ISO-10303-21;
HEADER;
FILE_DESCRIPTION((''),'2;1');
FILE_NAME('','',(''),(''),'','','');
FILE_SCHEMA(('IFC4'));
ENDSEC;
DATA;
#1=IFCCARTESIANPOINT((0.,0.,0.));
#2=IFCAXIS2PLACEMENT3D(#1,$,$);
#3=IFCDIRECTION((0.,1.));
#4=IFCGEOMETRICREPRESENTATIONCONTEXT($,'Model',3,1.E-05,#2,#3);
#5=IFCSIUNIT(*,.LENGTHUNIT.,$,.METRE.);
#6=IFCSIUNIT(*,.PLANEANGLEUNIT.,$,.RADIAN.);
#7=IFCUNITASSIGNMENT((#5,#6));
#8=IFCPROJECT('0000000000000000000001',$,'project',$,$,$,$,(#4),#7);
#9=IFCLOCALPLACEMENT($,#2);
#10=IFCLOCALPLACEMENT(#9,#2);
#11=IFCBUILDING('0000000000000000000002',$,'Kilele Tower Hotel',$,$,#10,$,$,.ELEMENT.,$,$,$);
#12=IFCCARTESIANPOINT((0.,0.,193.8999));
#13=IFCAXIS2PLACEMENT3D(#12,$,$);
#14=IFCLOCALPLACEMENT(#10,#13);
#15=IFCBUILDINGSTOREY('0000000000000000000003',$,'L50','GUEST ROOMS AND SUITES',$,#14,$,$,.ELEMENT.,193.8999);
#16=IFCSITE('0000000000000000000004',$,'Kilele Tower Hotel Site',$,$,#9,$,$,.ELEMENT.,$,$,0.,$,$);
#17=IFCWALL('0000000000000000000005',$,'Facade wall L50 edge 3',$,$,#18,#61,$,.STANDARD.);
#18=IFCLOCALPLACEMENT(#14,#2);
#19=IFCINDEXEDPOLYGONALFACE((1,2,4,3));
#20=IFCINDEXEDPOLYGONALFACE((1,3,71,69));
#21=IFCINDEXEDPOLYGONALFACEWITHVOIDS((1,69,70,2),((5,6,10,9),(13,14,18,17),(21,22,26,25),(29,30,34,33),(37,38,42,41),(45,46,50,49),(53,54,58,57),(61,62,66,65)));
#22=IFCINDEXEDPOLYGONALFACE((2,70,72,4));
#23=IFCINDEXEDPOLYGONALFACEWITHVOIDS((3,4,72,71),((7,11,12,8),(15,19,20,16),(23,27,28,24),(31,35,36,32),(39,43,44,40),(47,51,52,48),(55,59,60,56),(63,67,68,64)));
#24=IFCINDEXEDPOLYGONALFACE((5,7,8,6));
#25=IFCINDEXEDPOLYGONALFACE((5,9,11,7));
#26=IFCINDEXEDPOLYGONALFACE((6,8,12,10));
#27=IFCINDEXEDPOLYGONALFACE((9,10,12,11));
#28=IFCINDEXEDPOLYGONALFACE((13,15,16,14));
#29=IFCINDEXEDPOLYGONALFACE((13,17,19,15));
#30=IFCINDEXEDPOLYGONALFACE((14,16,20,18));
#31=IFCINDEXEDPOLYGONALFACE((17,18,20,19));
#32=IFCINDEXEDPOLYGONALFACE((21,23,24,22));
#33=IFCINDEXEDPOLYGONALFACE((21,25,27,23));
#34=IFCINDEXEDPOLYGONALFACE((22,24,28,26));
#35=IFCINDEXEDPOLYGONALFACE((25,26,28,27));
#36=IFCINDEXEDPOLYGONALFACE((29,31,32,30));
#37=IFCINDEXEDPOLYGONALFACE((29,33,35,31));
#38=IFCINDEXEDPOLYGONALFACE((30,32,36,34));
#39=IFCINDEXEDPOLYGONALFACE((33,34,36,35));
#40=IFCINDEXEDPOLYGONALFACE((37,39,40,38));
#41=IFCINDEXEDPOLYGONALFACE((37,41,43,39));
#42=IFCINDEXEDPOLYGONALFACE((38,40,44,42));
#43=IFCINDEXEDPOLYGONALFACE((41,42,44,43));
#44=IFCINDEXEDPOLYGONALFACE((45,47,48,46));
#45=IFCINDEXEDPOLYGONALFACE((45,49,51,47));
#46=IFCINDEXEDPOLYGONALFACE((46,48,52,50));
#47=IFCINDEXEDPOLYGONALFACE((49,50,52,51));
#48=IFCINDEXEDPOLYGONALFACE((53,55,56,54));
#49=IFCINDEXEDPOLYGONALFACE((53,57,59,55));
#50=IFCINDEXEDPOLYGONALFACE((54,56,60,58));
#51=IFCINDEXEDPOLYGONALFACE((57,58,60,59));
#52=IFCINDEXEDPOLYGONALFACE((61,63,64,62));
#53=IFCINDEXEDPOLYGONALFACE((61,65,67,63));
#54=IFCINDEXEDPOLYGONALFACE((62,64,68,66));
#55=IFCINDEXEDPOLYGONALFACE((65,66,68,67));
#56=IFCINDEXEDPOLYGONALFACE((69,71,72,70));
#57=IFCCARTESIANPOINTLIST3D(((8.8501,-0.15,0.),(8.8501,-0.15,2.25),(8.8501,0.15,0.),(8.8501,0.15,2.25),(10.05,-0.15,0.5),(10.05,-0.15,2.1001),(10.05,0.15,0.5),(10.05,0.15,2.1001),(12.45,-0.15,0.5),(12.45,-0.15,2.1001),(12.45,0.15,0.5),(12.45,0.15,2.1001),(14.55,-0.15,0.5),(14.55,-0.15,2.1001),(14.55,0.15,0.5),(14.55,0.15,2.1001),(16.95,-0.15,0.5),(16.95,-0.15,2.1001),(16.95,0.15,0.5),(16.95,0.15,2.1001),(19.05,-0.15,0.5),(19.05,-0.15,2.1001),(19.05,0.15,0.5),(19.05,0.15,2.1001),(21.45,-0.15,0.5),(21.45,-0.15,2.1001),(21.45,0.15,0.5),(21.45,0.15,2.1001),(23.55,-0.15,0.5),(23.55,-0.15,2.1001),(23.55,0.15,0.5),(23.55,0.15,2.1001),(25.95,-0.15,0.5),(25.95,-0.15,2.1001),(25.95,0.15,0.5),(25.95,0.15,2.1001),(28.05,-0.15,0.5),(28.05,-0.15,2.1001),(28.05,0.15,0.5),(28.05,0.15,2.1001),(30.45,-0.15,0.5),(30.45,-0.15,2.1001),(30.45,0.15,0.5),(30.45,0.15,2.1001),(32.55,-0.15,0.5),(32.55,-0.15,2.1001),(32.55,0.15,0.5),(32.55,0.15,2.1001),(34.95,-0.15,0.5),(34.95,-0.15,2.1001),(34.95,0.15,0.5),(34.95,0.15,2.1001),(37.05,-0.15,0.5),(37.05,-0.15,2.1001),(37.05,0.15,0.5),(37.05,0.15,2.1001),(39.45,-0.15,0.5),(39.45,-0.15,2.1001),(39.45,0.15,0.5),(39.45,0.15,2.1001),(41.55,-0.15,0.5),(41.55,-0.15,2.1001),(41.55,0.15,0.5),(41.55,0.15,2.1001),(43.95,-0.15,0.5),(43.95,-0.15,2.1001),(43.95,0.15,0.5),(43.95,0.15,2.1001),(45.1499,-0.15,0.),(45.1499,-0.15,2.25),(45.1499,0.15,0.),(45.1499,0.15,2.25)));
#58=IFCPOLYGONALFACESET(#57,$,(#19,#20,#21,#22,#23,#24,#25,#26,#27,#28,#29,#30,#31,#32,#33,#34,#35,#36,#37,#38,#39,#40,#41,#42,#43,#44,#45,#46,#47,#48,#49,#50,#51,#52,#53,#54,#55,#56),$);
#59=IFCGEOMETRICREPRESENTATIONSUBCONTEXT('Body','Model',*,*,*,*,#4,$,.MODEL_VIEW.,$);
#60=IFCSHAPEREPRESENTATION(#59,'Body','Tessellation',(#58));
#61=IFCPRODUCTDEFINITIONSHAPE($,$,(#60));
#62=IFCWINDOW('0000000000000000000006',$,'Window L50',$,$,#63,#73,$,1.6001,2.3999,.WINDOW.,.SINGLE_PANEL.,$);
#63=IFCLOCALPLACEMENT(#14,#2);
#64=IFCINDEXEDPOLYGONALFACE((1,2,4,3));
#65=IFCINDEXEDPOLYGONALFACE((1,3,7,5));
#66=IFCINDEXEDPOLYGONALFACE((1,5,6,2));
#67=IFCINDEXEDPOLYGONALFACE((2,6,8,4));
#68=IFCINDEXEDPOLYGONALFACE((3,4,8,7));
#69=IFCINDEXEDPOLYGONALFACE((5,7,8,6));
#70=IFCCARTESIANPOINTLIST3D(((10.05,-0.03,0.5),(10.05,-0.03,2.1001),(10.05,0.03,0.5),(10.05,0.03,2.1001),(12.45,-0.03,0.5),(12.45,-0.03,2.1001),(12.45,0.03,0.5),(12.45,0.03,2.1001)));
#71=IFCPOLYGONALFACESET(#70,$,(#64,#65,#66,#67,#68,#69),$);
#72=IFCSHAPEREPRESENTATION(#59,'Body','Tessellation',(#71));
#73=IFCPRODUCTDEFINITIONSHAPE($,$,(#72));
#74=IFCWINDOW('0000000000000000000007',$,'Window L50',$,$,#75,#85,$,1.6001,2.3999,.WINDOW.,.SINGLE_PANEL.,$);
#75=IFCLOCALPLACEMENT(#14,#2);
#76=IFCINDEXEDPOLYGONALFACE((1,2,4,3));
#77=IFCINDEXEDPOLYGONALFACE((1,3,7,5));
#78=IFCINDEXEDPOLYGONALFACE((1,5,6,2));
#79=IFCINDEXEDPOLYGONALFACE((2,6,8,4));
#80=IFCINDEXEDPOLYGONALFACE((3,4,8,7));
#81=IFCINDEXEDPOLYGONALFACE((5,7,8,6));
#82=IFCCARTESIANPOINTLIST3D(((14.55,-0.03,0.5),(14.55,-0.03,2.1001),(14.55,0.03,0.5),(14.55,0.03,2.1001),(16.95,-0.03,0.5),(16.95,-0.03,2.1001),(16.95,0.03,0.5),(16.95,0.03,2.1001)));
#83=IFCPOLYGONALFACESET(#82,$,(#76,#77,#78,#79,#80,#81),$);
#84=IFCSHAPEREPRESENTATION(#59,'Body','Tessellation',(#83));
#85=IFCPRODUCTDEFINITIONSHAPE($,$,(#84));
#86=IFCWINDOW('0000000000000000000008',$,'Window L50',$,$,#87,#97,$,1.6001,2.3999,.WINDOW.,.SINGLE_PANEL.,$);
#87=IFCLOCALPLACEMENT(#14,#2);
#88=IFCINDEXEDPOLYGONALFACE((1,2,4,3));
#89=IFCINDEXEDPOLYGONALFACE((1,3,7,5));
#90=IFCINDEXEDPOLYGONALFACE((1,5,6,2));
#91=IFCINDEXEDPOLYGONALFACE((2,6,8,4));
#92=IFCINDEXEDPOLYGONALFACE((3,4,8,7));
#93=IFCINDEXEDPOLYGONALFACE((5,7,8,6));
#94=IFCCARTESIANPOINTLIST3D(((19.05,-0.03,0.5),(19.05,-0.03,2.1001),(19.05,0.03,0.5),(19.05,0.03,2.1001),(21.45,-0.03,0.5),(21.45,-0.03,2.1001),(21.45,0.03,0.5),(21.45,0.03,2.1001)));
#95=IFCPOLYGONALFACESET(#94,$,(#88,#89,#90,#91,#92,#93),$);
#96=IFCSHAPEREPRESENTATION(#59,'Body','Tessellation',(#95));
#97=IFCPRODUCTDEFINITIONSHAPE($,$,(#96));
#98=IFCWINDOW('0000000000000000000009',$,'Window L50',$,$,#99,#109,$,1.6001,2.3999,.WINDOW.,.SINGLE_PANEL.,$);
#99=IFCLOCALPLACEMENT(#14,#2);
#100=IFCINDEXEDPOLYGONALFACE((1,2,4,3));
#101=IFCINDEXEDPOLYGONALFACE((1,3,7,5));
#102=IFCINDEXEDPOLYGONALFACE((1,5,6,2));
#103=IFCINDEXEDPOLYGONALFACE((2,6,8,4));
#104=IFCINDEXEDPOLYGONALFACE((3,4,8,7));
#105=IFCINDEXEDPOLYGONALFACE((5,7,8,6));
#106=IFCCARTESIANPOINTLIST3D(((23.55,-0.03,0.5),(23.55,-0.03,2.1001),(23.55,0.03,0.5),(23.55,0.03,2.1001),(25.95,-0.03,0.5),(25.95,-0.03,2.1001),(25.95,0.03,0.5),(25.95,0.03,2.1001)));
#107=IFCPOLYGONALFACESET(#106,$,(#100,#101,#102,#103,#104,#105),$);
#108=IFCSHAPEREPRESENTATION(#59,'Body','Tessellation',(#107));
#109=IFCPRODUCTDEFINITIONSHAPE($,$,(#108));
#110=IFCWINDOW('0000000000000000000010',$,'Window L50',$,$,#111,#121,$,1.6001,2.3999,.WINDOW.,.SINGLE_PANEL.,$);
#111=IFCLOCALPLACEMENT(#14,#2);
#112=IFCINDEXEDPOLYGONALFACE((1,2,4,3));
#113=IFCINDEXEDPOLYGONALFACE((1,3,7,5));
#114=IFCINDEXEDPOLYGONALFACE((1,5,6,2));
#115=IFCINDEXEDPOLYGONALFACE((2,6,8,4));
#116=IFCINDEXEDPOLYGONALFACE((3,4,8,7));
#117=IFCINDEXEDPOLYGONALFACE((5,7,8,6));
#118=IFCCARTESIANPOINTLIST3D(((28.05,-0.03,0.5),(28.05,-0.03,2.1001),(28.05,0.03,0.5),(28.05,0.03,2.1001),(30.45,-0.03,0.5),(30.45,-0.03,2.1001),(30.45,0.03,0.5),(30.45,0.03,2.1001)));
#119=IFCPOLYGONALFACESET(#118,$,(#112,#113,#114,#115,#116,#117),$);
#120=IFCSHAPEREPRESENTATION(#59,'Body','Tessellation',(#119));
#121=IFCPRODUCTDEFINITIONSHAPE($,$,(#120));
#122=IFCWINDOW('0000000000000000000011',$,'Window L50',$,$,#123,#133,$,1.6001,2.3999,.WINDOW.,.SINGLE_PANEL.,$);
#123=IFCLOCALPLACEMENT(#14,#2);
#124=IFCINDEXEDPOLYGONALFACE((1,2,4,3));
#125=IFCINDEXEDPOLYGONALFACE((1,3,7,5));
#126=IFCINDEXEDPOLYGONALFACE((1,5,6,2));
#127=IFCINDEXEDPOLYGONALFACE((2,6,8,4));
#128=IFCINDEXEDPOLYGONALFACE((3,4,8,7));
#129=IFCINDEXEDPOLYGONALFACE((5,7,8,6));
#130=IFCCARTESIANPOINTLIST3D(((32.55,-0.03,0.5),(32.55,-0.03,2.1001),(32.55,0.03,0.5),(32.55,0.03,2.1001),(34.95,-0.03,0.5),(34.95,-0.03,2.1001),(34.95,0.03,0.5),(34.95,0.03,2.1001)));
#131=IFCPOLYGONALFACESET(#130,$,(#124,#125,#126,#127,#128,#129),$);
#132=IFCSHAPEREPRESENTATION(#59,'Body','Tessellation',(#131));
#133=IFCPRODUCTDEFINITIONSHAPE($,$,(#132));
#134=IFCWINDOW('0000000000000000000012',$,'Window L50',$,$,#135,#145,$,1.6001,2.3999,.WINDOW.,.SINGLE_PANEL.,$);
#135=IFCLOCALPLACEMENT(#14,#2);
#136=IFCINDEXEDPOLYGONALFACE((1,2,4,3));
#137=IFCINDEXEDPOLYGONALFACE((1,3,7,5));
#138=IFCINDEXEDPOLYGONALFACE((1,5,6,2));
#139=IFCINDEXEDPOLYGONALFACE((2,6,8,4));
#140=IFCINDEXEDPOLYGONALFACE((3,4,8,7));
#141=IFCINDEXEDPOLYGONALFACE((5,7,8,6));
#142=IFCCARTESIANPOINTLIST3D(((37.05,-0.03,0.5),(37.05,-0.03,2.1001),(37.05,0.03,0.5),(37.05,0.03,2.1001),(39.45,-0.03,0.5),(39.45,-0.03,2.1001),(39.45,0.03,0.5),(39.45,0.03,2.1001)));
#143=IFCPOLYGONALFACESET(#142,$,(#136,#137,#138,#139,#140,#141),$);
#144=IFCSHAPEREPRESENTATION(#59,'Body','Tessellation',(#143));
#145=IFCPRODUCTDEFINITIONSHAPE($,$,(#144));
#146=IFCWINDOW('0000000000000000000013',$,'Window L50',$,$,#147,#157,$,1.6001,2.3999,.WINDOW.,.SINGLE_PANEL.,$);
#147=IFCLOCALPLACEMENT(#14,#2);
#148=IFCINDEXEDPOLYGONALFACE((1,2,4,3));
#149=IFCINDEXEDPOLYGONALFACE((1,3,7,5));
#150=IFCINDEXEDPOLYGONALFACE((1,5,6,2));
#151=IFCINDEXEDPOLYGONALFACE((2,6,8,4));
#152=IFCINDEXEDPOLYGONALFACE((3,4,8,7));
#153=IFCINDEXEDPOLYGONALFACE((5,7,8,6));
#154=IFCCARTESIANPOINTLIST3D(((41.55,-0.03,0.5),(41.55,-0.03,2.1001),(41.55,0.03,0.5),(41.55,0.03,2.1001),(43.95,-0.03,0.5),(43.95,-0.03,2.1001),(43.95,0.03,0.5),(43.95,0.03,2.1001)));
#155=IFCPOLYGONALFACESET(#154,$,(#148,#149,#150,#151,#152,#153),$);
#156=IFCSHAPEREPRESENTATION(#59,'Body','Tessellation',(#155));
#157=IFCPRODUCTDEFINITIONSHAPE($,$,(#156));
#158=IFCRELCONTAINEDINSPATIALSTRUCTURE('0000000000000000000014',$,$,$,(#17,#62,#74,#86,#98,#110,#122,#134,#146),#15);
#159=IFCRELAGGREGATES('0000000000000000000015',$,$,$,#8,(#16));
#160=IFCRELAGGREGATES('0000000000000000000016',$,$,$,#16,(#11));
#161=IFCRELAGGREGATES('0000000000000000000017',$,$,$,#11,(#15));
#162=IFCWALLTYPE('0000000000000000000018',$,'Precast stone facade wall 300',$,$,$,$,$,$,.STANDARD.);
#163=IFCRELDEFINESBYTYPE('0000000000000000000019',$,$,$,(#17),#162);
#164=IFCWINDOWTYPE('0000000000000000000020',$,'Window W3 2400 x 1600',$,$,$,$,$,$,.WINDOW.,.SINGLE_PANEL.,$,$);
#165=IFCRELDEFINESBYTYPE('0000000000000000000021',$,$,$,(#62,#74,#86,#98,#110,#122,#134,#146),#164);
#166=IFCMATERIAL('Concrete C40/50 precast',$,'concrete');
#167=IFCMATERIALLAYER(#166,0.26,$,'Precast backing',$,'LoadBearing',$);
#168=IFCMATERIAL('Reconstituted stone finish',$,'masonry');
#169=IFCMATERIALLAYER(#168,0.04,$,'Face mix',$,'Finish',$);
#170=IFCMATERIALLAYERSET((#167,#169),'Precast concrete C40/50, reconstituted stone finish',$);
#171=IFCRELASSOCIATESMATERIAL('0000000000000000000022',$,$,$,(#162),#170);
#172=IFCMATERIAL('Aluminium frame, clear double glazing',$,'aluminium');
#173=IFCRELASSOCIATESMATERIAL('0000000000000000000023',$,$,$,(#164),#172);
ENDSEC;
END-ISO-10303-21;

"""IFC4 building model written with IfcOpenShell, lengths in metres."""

from ifc_helpers import new_model, si_unit, direction, frame, frame_2d, origin, place, context, subcontext, project, spatial, rectangle, extrude, material, layer, layer_set, type_object, element, fill, save


model = new_model("IFC4")

# Units and contexts
model_context = context("Model", 3, precision=1e-05, world=origin(), true_north=direction((0.0, 1.0)))
body_context = subcontext(model_context, "Body", "Model", "MODEL_VIEW")
ifc_project = project(units=[si_unit("LENGTHUNIT", "METRE"), si_unit("PLANEANGLEUNIT", "RADIAN")], contexts=[model_context])

# Site, building, storey
site_placement = place(None, origin())
site = spatial("IfcSite", under=ifc_project, at=site_placement, Name="Kilele Tower Hotel Site", CompositionType="ELEMENT", RefElevation=0.0)
building_placement = place(site_placement, origin())
building = spatial("IfcBuilding", under=site, at=building_placement, Name="Kilele Tower Hotel", CompositionType="ELEMENT")
storey_placement = place(building_placement, frame((0.0, 0.0, 193.8999)))
storey = spatial("IfcBuildingStorey", under=building, at=storey_placement, Name="L50", Description="GUEST ROOMS AND SUITES", CompositionType="ELEMENT", Elevation=193.8999)

# Shared definitions
ifc_material_1 = material(Name="Concrete C40/50 precast", Category="concrete")
ifc_layer_1 = layer(ifc_material_1, 0.26, Name="Precast backing", Category="LoadBearing")
ifc_material_2 = material(Name="Reconstituted stone finish", Category="masonry")
ifc_layer_2 = layer(ifc_material_2, 0.04, Name="Face mix", Category="Finish")
ifc_layer_set_1 = layer_set([ifc_layer_1, ifc_layer_2], Name="Precast concrete C40/50, reconstituted stone finish")
wall_type = type_object("IfcWallType", Name="Precast stone facade wall 300", PredefinedType="STANDARD", material=ifc_layer_set_1)

# Wall, openings, windows
wall_1_placement = place(storey_placement, frame((8.8501, 0.0, 0.0), z_axis=(0.0, 0.0, 1.0), x_axis=(1.0, 0.0, 0.0)))
wall_1 = element("IfcWall", 1, at=wall_1_placement, inside=storey, type_object=wall_type, Name="Facade wall L50 edge 3", PredefinedType="STANDARD", context=body_context, shape_type="SweptSolid", body=[
    extrude(rectangle(XDim=36.2998, YDim=0.3, at=frame_2d((18.1499, 0.0))), origin(), (0.0, 0.0, 1.0), 2.25),
])
opening_1_placement = place(wall_1_placement, frame((1.2, 0.0, 0.5)))
opening_1 = element("IfcOpeningElement", 2, at=opening_1_placement, cuts=wall_1, PredefinedType="OPENING", context=body_context, shape_type="SweptSolid", body=[
    extrude(rectangle(XDim=2.3999, YDim=1.6001, at=frame_2d((1.2, 0.8))), frame((0.0, 0.1599, 0.0), z_axis=(0.0, -1.0, 0.0), x_axis=(1.0, 0.0, 0.0)), (0.0, 0.0, 1.0), 0.3201),
])
opening_2_placement = place(wall_1_placement, frame((5.7, 0.0, 0.5)))
opening_2 = element("IfcOpeningElement", 3, at=opening_2_placement, cuts=wall_1, PredefinedType="OPENING", context=body_context, shape_type="SweptSolid", body=[
    extrude(rectangle(XDim=2.3999, YDim=1.6001, at=frame_2d((1.2, 0.8))), frame((0.0, 0.1599, 0.0), z_axis=(0.0, -1.0, 0.0), x_axis=(1.0, 0.0, 0.0)), (0.0, 0.0, 1.0), 0.3201),
])
opening_3_placement = place(wall_1_placement, frame((10.2, 0.0, 0.5)))
opening_3 = element("IfcOpeningElement", 4, at=opening_3_placement, cuts=wall_1, PredefinedType="OPENING", context=body_context, shape_type="SweptSolid", body=[
    extrude(rectangle(XDim=2.3999, YDim=1.6001, at=frame_2d((1.2, 0.8))), frame((0.0, 0.1599, 0.0), z_axis=(0.0, -1.0, 0.0), x_axis=(1.0, 0.0, 0.0)), (0.0, 0.0, 1.0), 0.3201),
])
opening_4_placement = place(wall_1_placement, frame((14.7, 0.0, 0.5)))
opening_4 = element("IfcOpeningElement", 5, at=opening_4_placement, cuts=wall_1, PredefinedType="OPENING", context=body_context, shape_type="SweptSolid", body=[
    extrude(rectangle(XDim=2.3999, YDim=1.6001, at=frame_2d((1.2, 0.8))), frame((0.0, 0.1599, 0.0), z_axis=(0.0, -1.0, 0.0), x_axis=(1.0, 0.0, 0.0)), (0.0, 0.0, 1.0), 0.3201),
])
opening_5_placement = place(wall_1_placement, frame((19.2, 0.0, 0.5)))
opening_5 = element("IfcOpeningElement", 6, at=opening_5_placement, cuts=wall_1, PredefinedType="OPENING", context=body_context, shape_type="SweptSolid", body=[
    extrude(rectangle(XDim=2.3999, YDim=1.6001, at=frame_2d((1.2, 0.8))), frame((0.0, 0.1599, 0.0), z_axis=(0.0, -1.0, 0.0), x_axis=(1.0, 0.0, 0.0)), (0.0, 0.0, 1.0), 0.3201),
])
opening_6_placement = place(wall_1_placement, frame((23.7, 0.0, 0.5)))
opening_6 = element("IfcOpeningElement", 7, at=opening_6_placement, cuts=wall_1, PredefinedType="OPENING", context=body_context, shape_type="SweptSolid", body=[
    extrude(rectangle(XDim=2.3999, YDim=1.6001, at=frame_2d((1.2, 0.8))), frame((0.0, 0.1599, 0.0), z_axis=(0.0, -1.0, 0.0), x_axis=(1.0, 0.0, 0.0)), (0.0, 0.0, 1.0), 0.3201),
])
opening_7_placement = place(wall_1_placement, frame((28.2, 0.0, 0.5)))
opening_7 = element("IfcOpeningElement", 8, at=opening_7_placement, cuts=wall_1, PredefinedType="OPENING", context=body_context, shape_type="SweptSolid", body=[
    extrude(rectangle(XDim=2.3999, YDim=1.6001, at=frame_2d((1.2, 0.8))), frame((0.0, 0.1599, 0.0), z_axis=(0.0, -1.0, 0.0), x_axis=(1.0, 0.0, 0.0)), (0.0, 0.0, 1.0), 0.3201),
])
opening_8_placement = place(wall_1_placement, frame((32.7, 0.0, 0.5)))
opening_8 = element("IfcOpeningElement", 9, at=opening_8_placement, cuts=wall_1, PredefinedType="OPENING", context=body_context, shape_type="SweptSolid", body=[
    extrude(rectangle(XDim=2.3999, YDim=1.6001, at=frame_2d((1.2, 0.8))), frame((0.0, 0.1599, 0.0), z_axis=(0.0, -1.0, 0.0), x_axis=(1.0, 0.0, 0.0)), (0.0, 0.0, 1.0), 0.3201),
])
ifc_material_3 = material(Name="Aluminium frame, clear double glazing", Category="aluminium")
window_type_1 = type_object("IfcWindowType", Name="Window W3 2400 x 1600", PartitioningType="SINGLE_PANEL", PredefinedType="WINDOW", material=ifc_material_3)
window_1_placement = place(opening_1_placement, origin())
window_1 = element("IfcWindow", 10, at=window_1_placement, inside=storey, type_object=window_type_1, Name="Window L50", OverallHeight=1.6001, OverallWidth=2.3999, PartitioningType="SINGLE_PANEL", PredefinedType="WINDOW", context=body_context, shape_type="SweptSolid", body=[
    extrude(rectangle(XDim=2.3999, YDim=1.6001, at=frame_2d((1.2, 0.8))), frame((0.0, 0.03, 0.0), z_axis=(0.0, -1.0, 0.0), x_axis=(1.0, 0.0, 0.0)), (0.0, 0.0, 1.0), 0.0601),
])
fill(opening_1, window_1)
window_2_placement = place(opening_2_placement, origin())
window_2 = element("IfcWindow", 11, at=window_2_placement, inside=storey, type_object=window_type_1, Name="Window L50", OverallHeight=1.6001, OverallWidth=2.3999, PartitioningType="SINGLE_PANEL", PredefinedType="WINDOW", context=body_context, shape_type="SweptSolid", body=[
    extrude(rectangle(XDim=2.3999, YDim=1.6001, at=frame_2d((1.2, 0.8))), frame((0.0, 0.03, 0.0), z_axis=(0.0, -1.0, 0.0), x_axis=(1.0, 0.0, 0.0)), (0.0, 0.0, 1.0), 0.0601),
])
fill(opening_2, window_2)
window_3_placement = place(opening_3_placement, origin())
window_3 = element("IfcWindow", 12, at=window_3_placement, inside=storey, type_object=window_type_1, Name="Window L50", OverallHeight=1.6001, OverallWidth=2.3999, PartitioningType="SINGLE_PANEL", PredefinedType="WINDOW", context=body_context, shape_type="SweptSolid", body=[
    extrude(rectangle(XDim=2.3999, YDim=1.6001, at=frame_2d((1.2, 0.8))), frame((0.0, 0.03, 0.0), z_axis=(0.0, -1.0, 0.0), x_axis=(1.0, 0.0, 0.0)), (0.0, 0.0, 1.0), 0.0601),
])
fill(opening_3, window_3)
window_4_placement = place(opening_4_placement, origin())
window_4 = element("IfcWindow", 13, at=window_4_placement, inside=storey, type_object=window_type_1, Name="Window L50", OverallHeight=1.6001, OverallWidth=2.3999, PartitioningType="SINGLE_PANEL", PredefinedType="WINDOW", context=body_context, shape_type="SweptSolid", body=[
    extrude(rectangle(XDim=2.3999, YDim=1.6001, at=frame_2d((1.2, 0.8))), frame((0.0, 0.03, 0.0), z_axis=(0.0, -1.0, 0.0), x_axis=(1.0, 0.0, 0.0)), (0.0, 0.0, 1.0), 0.0601),
])
fill(opening_4, window_4)
window_5_placement = place(opening_5_placement, origin())
window_5 = element("IfcWindow", 14, at=window_5_placement, inside=storey, type_object=window_type_1, Name="Window L50", OverallHeight=1.6001, OverallWidth=2.3999, PartitioningType="SINGLE_PANEL", PredefinedType="WINDOW", context=body_context, shape_type="SweptSolid", body=[
    extrude(rectangle(XDim=2.3999, YDim=1.6001, at=frame_2d((1.2, 0.8))), frame((0.0, 0.03, 0.0), z_axis=(0.0, -1.0, 0.0), x_axis=(1.0, 0.0, 0.0)), (0.0, 0.0, 1.0), 0.0601),
])
fill(opening_5, window_5)
window_6_placement = place(opening_6_placement, origin())
window_6 = element("IfcWindow", 15, at=window_6_placement, inside=storey, type_object=window_type_1, Name="Window L50", OverallHeight=1.6001, OverallWidth=2.3999, PartitioningType="SINGLE_PANEL", PredefinedType="WINDOW", context=body_context, shape_type="SweptSolid", body=[
    extrude(rectangle(XDim=2.3999, YDim=1.6001, at=frame_2d((1.2, 0.8))), frame((0.0, 0.03, 0.0), z_axis=(0.0, -1.0, 0.0), x_axis=(1.0, 0.0, 0.0)), (0.0, 0.0, 1.0), 0.0601),
])
fill(opening_6, window_6)
window_7_placement = place(opening_7_placement, origin())
window_7 = element("IfcWindow", 16, at=window_7_placement, inside=storey, type_object=window_type_1, Name="Window L50", OverallHeight=1.6001, OverallWidth=2.3999, PartitioningType="SINGLE_PANEL", PredefinedType="WINDOW", context=body_context, shape_type="SweptSolid", body=[
    extrude(rectangle(XDim=2.3999, YDim=1.6001, at=frame_2d((1.2, 0.8))), frame((0.0, 0.03, 0.0), z_axis=(0.0, -1.0, 0.0), x_axis=(1.0, 0.0, 0.0)), (0.0, 0.0, 1.0), 0.0601),
])
fill(opening_7, window_7)
window_8_placement = place(opening_8_placement, origin())
window_8 = element("IfcWindow", 17, at=window_8_placement, inside=storey, type_object=window_type_1, Name="Window L50", OverallHeight=1.6001, OverallWidth=2.3999, PartitioningType="SINGLE_PANEL", PredefinedType="WINDOW", context=body_context, shape_type="SweptSolid", body=[
    extrude(rectangle(XDim=2.3999, YDim=1.6001, at=frame_2d((1.2, 0.8))), frame((0.0, 0.03, 0.0), z_axis=(0.0, -1.0, 0.0), x_axis=(1.0, 0.0, 0.0)), (0.0, 0.0, 1.0), 0.0601),
])
fill(opening_8, window_8)

save(model, "model.ifc")
